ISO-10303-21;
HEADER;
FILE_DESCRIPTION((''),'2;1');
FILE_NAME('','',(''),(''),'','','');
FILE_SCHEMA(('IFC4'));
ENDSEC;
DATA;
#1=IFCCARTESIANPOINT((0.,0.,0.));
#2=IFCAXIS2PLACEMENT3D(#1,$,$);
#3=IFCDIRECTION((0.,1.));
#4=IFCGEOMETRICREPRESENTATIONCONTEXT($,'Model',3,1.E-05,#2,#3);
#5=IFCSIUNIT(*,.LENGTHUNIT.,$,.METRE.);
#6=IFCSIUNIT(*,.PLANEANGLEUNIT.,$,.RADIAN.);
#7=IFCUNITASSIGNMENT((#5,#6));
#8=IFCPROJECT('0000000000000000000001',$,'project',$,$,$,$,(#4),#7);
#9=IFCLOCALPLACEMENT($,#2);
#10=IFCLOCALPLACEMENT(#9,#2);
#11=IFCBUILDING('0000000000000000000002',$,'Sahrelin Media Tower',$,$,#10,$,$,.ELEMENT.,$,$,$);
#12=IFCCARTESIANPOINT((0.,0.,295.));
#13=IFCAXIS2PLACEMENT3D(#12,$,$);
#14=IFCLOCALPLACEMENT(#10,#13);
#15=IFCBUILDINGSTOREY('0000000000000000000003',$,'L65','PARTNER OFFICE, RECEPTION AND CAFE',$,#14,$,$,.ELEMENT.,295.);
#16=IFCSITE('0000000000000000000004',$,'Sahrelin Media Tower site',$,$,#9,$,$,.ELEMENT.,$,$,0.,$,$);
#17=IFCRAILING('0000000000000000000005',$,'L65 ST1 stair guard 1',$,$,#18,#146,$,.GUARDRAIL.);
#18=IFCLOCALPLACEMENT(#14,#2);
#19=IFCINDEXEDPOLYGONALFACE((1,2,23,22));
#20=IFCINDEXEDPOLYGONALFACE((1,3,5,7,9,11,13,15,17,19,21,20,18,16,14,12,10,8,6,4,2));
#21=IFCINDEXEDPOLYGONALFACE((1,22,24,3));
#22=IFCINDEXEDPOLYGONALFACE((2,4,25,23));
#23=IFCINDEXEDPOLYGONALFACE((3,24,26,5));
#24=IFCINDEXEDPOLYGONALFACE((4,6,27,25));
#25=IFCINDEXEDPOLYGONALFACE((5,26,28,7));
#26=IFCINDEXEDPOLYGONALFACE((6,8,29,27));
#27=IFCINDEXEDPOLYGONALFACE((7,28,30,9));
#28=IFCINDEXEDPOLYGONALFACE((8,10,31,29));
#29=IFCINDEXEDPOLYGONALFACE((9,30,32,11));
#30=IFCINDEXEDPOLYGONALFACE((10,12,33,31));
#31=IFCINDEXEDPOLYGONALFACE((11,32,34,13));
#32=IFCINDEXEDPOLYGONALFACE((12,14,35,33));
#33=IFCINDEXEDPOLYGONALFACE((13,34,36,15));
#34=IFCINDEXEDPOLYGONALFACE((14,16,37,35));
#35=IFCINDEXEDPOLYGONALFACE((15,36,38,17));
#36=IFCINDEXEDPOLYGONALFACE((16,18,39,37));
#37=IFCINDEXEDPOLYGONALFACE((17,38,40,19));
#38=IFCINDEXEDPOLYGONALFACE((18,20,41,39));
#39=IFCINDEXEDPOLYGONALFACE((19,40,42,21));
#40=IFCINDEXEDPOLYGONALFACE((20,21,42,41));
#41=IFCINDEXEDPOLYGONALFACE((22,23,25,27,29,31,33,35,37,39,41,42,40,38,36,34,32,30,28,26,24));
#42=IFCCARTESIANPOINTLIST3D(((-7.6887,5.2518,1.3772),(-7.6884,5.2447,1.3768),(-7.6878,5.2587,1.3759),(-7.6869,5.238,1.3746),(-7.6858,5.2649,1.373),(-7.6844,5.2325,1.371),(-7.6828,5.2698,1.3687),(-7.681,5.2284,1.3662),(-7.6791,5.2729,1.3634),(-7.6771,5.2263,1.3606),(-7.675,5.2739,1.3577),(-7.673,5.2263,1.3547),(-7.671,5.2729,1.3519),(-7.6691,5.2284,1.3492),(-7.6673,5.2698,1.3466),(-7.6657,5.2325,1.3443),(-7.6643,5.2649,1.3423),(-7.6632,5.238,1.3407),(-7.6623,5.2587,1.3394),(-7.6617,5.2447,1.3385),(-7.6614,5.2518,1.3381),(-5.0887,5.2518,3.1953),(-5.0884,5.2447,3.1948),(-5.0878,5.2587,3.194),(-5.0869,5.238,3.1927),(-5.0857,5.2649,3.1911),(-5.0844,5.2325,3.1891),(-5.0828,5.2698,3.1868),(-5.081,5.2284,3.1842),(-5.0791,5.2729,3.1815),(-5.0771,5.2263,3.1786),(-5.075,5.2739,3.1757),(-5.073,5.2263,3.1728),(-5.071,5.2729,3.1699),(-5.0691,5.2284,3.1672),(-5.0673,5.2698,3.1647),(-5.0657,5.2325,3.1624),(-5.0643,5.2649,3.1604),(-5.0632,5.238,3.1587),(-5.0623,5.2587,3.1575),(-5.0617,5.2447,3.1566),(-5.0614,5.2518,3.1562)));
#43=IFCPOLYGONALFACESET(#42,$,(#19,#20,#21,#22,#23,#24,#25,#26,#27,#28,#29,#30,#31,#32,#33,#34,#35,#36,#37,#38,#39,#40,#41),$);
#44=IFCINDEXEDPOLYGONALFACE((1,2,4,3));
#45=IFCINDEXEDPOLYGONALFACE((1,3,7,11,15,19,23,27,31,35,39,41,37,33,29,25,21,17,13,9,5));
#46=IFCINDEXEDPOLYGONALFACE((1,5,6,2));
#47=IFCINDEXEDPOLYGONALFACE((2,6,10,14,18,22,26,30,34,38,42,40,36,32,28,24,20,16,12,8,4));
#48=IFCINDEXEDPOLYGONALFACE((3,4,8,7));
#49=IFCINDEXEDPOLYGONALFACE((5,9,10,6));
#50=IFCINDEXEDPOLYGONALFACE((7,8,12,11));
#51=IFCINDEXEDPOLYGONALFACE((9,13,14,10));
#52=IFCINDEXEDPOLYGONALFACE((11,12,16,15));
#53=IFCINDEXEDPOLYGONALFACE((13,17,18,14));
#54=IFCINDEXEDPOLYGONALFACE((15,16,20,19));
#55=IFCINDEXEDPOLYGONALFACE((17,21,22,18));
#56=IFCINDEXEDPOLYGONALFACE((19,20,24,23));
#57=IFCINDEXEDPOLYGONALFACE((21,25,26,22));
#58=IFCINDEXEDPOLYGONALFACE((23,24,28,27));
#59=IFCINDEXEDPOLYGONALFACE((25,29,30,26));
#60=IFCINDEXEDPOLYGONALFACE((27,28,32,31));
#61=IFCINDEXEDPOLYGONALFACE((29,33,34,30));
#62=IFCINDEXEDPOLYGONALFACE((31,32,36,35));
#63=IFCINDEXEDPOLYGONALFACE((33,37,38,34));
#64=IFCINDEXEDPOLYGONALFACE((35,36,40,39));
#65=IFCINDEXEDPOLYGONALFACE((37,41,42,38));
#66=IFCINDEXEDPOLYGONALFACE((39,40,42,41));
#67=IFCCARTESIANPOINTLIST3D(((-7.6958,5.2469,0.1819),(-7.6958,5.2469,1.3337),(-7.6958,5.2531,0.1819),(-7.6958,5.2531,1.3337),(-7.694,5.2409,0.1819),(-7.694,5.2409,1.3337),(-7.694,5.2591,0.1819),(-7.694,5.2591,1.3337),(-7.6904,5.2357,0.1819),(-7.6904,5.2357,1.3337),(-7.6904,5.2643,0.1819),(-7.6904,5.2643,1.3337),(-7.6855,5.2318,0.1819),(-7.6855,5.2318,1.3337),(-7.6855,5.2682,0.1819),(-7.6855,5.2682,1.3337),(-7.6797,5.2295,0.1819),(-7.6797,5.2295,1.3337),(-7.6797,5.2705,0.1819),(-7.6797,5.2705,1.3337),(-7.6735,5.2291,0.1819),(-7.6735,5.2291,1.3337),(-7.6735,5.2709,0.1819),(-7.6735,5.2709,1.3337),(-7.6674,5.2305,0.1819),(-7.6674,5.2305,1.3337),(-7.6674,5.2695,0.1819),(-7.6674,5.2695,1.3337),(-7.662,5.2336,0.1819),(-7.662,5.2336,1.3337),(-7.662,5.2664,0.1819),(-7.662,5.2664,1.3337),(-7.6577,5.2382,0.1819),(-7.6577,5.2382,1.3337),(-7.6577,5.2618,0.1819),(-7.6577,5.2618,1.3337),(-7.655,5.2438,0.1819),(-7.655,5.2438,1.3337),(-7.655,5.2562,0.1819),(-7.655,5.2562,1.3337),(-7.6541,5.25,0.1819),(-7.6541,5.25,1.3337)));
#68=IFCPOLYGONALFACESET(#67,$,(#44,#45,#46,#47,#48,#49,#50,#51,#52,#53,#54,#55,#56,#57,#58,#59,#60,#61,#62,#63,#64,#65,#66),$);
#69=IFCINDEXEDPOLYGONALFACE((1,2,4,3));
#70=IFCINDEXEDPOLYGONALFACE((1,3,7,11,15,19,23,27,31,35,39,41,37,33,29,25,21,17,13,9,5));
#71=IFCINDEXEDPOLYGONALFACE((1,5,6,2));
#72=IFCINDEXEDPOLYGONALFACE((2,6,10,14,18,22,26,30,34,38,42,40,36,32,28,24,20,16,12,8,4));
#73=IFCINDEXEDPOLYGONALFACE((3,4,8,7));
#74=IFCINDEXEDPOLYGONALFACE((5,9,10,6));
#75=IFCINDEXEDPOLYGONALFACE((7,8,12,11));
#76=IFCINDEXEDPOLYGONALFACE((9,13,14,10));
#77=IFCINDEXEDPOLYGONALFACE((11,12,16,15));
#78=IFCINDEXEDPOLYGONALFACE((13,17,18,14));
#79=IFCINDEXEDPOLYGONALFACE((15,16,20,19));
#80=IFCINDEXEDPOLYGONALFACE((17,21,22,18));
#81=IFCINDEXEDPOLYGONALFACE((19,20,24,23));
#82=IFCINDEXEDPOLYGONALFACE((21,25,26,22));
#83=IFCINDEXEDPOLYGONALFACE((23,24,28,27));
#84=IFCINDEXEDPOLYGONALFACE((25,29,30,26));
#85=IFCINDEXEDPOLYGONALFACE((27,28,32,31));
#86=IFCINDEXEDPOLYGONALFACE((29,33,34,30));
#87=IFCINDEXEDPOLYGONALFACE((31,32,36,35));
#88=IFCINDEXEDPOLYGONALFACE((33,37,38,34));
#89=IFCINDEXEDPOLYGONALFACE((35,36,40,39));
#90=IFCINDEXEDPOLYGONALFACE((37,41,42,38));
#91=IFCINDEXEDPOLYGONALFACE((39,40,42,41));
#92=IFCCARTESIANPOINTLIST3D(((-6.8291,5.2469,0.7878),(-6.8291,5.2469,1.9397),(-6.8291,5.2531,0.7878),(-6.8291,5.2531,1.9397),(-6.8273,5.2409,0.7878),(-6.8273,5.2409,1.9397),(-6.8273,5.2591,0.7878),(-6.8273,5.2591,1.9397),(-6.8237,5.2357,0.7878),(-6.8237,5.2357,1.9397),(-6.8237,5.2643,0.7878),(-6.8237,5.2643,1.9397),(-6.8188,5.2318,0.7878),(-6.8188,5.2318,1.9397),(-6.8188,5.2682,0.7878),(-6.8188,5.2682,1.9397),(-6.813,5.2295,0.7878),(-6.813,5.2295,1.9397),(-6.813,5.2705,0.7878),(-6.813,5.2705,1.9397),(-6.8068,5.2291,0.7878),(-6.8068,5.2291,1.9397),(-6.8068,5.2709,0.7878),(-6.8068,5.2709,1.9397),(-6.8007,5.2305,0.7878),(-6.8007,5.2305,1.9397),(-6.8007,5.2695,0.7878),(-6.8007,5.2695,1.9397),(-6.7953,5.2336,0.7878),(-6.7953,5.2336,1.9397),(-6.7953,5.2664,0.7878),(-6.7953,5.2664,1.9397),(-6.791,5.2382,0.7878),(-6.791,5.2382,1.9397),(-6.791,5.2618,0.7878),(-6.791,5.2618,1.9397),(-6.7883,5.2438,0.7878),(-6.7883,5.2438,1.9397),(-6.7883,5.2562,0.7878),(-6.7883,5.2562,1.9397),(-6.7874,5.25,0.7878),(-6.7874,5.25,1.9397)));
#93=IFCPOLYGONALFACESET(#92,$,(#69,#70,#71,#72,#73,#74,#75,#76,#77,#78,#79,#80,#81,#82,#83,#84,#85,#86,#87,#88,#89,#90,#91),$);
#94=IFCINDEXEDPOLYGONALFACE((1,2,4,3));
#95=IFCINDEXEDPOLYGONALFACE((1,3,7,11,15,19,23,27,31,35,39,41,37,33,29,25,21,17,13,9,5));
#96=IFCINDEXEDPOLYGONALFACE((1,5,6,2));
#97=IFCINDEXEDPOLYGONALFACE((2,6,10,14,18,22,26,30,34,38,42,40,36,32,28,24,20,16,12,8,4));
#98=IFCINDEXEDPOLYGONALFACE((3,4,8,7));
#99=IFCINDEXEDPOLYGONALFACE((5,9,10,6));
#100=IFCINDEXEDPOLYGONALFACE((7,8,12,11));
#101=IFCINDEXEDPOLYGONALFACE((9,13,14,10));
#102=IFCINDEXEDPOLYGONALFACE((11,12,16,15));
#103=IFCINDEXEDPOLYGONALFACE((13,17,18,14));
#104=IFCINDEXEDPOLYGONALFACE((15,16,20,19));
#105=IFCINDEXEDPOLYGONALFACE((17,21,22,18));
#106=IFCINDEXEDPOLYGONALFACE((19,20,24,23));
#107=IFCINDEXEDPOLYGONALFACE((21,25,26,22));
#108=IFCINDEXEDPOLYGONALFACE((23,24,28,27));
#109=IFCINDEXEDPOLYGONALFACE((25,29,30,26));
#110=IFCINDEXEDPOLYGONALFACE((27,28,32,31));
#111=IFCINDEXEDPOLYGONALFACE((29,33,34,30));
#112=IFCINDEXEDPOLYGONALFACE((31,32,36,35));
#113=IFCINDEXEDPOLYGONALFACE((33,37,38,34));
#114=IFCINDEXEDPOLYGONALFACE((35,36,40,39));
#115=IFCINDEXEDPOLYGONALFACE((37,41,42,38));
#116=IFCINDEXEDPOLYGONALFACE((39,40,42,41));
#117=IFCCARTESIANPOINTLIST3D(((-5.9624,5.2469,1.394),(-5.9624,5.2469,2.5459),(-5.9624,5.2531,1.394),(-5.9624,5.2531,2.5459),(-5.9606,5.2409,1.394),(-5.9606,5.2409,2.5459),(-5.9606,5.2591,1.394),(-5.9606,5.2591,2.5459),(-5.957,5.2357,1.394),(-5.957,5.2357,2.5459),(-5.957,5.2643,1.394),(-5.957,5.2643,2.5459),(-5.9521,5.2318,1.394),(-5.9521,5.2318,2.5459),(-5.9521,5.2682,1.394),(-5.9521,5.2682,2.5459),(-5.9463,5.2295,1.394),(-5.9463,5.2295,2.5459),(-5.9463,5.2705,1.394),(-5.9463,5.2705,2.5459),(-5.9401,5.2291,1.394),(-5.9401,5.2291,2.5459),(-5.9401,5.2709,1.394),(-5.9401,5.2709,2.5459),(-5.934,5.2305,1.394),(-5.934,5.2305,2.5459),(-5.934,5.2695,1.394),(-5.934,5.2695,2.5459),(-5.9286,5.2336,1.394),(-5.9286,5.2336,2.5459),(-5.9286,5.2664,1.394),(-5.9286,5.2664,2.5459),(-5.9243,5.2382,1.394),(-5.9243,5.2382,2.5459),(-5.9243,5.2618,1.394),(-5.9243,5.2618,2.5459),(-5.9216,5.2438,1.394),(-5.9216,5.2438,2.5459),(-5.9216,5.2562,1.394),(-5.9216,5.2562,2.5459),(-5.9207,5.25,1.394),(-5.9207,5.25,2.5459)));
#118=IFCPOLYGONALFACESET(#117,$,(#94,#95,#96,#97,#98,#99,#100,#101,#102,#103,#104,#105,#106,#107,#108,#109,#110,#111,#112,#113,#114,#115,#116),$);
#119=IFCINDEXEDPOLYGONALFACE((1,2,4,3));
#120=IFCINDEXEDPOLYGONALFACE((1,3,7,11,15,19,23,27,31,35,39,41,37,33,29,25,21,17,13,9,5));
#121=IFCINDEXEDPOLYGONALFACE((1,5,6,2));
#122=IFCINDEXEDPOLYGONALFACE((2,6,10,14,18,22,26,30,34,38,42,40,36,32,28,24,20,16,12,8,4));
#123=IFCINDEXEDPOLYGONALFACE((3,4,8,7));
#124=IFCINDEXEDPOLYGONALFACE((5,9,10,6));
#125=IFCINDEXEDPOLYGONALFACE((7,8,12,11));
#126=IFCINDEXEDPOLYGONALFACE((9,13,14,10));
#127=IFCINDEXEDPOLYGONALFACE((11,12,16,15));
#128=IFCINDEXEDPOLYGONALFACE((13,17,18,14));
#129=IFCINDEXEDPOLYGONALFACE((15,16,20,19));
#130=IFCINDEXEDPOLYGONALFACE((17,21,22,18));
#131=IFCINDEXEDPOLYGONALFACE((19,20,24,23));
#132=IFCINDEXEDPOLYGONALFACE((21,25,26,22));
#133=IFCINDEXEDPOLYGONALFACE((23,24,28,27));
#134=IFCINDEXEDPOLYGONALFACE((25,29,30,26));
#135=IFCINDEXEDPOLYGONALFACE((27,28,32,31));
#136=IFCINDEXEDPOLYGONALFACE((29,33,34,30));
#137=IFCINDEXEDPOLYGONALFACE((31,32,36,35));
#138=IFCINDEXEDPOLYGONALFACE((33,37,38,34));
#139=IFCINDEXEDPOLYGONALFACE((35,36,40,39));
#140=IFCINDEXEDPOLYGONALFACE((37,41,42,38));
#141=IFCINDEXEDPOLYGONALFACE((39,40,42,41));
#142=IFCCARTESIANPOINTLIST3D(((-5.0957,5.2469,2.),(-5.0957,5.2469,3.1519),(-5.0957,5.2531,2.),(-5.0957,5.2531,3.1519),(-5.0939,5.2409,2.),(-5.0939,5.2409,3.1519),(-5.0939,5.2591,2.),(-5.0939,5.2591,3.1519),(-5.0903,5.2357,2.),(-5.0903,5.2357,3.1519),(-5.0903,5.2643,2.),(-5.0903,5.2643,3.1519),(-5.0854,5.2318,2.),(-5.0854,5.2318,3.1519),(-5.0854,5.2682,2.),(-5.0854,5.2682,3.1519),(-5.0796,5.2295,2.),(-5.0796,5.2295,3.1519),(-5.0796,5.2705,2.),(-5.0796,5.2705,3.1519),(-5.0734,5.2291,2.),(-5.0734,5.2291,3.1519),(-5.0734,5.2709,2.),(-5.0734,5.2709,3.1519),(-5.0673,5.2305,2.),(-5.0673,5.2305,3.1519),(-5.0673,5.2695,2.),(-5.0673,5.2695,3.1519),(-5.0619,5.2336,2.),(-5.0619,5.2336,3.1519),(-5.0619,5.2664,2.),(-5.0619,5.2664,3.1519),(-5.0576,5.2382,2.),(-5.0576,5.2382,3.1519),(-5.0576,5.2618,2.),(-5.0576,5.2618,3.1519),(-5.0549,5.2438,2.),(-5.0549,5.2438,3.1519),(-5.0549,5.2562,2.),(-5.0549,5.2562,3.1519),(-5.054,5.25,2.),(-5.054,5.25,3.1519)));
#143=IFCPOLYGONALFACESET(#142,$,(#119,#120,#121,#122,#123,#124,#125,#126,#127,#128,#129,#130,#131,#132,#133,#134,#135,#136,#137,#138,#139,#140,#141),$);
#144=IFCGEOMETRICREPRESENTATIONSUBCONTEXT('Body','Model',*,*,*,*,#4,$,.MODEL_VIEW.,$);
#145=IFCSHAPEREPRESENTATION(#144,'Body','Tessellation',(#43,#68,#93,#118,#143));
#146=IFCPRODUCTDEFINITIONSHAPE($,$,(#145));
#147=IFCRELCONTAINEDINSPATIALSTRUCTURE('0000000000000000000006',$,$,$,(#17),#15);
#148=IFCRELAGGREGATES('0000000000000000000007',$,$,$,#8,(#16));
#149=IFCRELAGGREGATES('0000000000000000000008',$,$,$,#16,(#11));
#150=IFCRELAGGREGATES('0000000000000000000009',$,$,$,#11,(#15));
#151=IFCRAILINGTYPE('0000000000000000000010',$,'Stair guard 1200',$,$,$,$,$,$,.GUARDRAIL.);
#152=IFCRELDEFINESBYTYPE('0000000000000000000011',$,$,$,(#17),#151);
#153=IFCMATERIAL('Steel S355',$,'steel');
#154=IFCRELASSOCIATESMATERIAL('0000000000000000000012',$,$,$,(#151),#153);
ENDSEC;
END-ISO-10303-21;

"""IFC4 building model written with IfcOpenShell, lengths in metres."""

from ifc_helpers import new_model, si_unit, direction, frame, origin, origin_2d, place, context, subcontext, project, spatial, circle, extrude, material, type_object, element, save


model = new_model("IFC4")

# Units and contexts
model_context = context("Model", 3, precision=1e-05, world=origin(), true_north=direction((0.0, 1.0)))
body_context = subcontext(model_context, "Body", "Model", "MODEL_VIEW")
ifc_project = project(units=[si_unit("LENGTHUNIT", "METRE"), si_unit("PLANEANGLEUNIT", "RADIAN")], contexts=[model_context])

# Site, building, storey
site_placement = place(None, origin())
site = spatial("IfcSite", under=ifc_project, at=site_placement, Name="Sahrelin Media Tower site", CompositionType="ELEMENT", RefElevation=0.0)
building_placement = place(site_placement, origin())
building = spatial("IfcBuilding", under=site, at=building_placement, Name="Sahrelin Media Tower", CompositionType="ELEMENT")
storey_placement = place(building_placement, frame((0.0, 0.0, 295.0)))
storey = spatial("IfcBuildingStorey", under=building, at=storey_placement, Name="L65", Description="PARTNER OFFICE, RECEPTION AND CAFE", CompositionType="ELEMENT", Elevation=295.0)

# Shared definitions
ifc_material_1 = material(Name="Steel S355", Category="steel")

# Railing
railing_type_1 = type_object("IfcRailingType", Name="Stair guard 1200", PredefinedType="GUARDRAIL", material=ifc_material_1)
railing_1_placement = place(storey_placement, frame((-7.675, 5.25, 0.1819)))
element("IfcRailing", 1, at=railing_1_placement, inside=storey, type_object=railing_type_1, Name="L65 ST1 stair guard 1", PredefinedType="GUARDRAIL", context=body_context, shape_type="SweptSolid", body=[
    extrude(circle(Radius=0.0239, at=origin_2d()), frame((0.0, 0.0, 1.1758), z_axis=(0.819521, 0.0, 0.573049), x_axis=(0.0, 1.0, 0.0)), (0.0, 0.0, 1.0), 3.1726),
    extrude(circle(Radius=0.021, at=origin_2d()), origin(), (0.0, 0.0, 1.0), 1.1519),
    extrude(circle(Radius=0.021, at=origin_2d()), frame((0.8667, 0.0, 0.606)), (0.0, 0.0, 1.0), 1.1519),
    extrude(circle(Radius=0.021, at=origin_2d()), frame((1.7334, 0.0, 1.2122)), (0.0, 0.0, 1.0), 1.1519),
    extrude(circle(Radius=0.021, at=origin_2d()), frame((2.6001, 0.0, 1.8181)), (0.0, 0.0, 1.0), 1.1519),
])

save(model, "model.ifc")
